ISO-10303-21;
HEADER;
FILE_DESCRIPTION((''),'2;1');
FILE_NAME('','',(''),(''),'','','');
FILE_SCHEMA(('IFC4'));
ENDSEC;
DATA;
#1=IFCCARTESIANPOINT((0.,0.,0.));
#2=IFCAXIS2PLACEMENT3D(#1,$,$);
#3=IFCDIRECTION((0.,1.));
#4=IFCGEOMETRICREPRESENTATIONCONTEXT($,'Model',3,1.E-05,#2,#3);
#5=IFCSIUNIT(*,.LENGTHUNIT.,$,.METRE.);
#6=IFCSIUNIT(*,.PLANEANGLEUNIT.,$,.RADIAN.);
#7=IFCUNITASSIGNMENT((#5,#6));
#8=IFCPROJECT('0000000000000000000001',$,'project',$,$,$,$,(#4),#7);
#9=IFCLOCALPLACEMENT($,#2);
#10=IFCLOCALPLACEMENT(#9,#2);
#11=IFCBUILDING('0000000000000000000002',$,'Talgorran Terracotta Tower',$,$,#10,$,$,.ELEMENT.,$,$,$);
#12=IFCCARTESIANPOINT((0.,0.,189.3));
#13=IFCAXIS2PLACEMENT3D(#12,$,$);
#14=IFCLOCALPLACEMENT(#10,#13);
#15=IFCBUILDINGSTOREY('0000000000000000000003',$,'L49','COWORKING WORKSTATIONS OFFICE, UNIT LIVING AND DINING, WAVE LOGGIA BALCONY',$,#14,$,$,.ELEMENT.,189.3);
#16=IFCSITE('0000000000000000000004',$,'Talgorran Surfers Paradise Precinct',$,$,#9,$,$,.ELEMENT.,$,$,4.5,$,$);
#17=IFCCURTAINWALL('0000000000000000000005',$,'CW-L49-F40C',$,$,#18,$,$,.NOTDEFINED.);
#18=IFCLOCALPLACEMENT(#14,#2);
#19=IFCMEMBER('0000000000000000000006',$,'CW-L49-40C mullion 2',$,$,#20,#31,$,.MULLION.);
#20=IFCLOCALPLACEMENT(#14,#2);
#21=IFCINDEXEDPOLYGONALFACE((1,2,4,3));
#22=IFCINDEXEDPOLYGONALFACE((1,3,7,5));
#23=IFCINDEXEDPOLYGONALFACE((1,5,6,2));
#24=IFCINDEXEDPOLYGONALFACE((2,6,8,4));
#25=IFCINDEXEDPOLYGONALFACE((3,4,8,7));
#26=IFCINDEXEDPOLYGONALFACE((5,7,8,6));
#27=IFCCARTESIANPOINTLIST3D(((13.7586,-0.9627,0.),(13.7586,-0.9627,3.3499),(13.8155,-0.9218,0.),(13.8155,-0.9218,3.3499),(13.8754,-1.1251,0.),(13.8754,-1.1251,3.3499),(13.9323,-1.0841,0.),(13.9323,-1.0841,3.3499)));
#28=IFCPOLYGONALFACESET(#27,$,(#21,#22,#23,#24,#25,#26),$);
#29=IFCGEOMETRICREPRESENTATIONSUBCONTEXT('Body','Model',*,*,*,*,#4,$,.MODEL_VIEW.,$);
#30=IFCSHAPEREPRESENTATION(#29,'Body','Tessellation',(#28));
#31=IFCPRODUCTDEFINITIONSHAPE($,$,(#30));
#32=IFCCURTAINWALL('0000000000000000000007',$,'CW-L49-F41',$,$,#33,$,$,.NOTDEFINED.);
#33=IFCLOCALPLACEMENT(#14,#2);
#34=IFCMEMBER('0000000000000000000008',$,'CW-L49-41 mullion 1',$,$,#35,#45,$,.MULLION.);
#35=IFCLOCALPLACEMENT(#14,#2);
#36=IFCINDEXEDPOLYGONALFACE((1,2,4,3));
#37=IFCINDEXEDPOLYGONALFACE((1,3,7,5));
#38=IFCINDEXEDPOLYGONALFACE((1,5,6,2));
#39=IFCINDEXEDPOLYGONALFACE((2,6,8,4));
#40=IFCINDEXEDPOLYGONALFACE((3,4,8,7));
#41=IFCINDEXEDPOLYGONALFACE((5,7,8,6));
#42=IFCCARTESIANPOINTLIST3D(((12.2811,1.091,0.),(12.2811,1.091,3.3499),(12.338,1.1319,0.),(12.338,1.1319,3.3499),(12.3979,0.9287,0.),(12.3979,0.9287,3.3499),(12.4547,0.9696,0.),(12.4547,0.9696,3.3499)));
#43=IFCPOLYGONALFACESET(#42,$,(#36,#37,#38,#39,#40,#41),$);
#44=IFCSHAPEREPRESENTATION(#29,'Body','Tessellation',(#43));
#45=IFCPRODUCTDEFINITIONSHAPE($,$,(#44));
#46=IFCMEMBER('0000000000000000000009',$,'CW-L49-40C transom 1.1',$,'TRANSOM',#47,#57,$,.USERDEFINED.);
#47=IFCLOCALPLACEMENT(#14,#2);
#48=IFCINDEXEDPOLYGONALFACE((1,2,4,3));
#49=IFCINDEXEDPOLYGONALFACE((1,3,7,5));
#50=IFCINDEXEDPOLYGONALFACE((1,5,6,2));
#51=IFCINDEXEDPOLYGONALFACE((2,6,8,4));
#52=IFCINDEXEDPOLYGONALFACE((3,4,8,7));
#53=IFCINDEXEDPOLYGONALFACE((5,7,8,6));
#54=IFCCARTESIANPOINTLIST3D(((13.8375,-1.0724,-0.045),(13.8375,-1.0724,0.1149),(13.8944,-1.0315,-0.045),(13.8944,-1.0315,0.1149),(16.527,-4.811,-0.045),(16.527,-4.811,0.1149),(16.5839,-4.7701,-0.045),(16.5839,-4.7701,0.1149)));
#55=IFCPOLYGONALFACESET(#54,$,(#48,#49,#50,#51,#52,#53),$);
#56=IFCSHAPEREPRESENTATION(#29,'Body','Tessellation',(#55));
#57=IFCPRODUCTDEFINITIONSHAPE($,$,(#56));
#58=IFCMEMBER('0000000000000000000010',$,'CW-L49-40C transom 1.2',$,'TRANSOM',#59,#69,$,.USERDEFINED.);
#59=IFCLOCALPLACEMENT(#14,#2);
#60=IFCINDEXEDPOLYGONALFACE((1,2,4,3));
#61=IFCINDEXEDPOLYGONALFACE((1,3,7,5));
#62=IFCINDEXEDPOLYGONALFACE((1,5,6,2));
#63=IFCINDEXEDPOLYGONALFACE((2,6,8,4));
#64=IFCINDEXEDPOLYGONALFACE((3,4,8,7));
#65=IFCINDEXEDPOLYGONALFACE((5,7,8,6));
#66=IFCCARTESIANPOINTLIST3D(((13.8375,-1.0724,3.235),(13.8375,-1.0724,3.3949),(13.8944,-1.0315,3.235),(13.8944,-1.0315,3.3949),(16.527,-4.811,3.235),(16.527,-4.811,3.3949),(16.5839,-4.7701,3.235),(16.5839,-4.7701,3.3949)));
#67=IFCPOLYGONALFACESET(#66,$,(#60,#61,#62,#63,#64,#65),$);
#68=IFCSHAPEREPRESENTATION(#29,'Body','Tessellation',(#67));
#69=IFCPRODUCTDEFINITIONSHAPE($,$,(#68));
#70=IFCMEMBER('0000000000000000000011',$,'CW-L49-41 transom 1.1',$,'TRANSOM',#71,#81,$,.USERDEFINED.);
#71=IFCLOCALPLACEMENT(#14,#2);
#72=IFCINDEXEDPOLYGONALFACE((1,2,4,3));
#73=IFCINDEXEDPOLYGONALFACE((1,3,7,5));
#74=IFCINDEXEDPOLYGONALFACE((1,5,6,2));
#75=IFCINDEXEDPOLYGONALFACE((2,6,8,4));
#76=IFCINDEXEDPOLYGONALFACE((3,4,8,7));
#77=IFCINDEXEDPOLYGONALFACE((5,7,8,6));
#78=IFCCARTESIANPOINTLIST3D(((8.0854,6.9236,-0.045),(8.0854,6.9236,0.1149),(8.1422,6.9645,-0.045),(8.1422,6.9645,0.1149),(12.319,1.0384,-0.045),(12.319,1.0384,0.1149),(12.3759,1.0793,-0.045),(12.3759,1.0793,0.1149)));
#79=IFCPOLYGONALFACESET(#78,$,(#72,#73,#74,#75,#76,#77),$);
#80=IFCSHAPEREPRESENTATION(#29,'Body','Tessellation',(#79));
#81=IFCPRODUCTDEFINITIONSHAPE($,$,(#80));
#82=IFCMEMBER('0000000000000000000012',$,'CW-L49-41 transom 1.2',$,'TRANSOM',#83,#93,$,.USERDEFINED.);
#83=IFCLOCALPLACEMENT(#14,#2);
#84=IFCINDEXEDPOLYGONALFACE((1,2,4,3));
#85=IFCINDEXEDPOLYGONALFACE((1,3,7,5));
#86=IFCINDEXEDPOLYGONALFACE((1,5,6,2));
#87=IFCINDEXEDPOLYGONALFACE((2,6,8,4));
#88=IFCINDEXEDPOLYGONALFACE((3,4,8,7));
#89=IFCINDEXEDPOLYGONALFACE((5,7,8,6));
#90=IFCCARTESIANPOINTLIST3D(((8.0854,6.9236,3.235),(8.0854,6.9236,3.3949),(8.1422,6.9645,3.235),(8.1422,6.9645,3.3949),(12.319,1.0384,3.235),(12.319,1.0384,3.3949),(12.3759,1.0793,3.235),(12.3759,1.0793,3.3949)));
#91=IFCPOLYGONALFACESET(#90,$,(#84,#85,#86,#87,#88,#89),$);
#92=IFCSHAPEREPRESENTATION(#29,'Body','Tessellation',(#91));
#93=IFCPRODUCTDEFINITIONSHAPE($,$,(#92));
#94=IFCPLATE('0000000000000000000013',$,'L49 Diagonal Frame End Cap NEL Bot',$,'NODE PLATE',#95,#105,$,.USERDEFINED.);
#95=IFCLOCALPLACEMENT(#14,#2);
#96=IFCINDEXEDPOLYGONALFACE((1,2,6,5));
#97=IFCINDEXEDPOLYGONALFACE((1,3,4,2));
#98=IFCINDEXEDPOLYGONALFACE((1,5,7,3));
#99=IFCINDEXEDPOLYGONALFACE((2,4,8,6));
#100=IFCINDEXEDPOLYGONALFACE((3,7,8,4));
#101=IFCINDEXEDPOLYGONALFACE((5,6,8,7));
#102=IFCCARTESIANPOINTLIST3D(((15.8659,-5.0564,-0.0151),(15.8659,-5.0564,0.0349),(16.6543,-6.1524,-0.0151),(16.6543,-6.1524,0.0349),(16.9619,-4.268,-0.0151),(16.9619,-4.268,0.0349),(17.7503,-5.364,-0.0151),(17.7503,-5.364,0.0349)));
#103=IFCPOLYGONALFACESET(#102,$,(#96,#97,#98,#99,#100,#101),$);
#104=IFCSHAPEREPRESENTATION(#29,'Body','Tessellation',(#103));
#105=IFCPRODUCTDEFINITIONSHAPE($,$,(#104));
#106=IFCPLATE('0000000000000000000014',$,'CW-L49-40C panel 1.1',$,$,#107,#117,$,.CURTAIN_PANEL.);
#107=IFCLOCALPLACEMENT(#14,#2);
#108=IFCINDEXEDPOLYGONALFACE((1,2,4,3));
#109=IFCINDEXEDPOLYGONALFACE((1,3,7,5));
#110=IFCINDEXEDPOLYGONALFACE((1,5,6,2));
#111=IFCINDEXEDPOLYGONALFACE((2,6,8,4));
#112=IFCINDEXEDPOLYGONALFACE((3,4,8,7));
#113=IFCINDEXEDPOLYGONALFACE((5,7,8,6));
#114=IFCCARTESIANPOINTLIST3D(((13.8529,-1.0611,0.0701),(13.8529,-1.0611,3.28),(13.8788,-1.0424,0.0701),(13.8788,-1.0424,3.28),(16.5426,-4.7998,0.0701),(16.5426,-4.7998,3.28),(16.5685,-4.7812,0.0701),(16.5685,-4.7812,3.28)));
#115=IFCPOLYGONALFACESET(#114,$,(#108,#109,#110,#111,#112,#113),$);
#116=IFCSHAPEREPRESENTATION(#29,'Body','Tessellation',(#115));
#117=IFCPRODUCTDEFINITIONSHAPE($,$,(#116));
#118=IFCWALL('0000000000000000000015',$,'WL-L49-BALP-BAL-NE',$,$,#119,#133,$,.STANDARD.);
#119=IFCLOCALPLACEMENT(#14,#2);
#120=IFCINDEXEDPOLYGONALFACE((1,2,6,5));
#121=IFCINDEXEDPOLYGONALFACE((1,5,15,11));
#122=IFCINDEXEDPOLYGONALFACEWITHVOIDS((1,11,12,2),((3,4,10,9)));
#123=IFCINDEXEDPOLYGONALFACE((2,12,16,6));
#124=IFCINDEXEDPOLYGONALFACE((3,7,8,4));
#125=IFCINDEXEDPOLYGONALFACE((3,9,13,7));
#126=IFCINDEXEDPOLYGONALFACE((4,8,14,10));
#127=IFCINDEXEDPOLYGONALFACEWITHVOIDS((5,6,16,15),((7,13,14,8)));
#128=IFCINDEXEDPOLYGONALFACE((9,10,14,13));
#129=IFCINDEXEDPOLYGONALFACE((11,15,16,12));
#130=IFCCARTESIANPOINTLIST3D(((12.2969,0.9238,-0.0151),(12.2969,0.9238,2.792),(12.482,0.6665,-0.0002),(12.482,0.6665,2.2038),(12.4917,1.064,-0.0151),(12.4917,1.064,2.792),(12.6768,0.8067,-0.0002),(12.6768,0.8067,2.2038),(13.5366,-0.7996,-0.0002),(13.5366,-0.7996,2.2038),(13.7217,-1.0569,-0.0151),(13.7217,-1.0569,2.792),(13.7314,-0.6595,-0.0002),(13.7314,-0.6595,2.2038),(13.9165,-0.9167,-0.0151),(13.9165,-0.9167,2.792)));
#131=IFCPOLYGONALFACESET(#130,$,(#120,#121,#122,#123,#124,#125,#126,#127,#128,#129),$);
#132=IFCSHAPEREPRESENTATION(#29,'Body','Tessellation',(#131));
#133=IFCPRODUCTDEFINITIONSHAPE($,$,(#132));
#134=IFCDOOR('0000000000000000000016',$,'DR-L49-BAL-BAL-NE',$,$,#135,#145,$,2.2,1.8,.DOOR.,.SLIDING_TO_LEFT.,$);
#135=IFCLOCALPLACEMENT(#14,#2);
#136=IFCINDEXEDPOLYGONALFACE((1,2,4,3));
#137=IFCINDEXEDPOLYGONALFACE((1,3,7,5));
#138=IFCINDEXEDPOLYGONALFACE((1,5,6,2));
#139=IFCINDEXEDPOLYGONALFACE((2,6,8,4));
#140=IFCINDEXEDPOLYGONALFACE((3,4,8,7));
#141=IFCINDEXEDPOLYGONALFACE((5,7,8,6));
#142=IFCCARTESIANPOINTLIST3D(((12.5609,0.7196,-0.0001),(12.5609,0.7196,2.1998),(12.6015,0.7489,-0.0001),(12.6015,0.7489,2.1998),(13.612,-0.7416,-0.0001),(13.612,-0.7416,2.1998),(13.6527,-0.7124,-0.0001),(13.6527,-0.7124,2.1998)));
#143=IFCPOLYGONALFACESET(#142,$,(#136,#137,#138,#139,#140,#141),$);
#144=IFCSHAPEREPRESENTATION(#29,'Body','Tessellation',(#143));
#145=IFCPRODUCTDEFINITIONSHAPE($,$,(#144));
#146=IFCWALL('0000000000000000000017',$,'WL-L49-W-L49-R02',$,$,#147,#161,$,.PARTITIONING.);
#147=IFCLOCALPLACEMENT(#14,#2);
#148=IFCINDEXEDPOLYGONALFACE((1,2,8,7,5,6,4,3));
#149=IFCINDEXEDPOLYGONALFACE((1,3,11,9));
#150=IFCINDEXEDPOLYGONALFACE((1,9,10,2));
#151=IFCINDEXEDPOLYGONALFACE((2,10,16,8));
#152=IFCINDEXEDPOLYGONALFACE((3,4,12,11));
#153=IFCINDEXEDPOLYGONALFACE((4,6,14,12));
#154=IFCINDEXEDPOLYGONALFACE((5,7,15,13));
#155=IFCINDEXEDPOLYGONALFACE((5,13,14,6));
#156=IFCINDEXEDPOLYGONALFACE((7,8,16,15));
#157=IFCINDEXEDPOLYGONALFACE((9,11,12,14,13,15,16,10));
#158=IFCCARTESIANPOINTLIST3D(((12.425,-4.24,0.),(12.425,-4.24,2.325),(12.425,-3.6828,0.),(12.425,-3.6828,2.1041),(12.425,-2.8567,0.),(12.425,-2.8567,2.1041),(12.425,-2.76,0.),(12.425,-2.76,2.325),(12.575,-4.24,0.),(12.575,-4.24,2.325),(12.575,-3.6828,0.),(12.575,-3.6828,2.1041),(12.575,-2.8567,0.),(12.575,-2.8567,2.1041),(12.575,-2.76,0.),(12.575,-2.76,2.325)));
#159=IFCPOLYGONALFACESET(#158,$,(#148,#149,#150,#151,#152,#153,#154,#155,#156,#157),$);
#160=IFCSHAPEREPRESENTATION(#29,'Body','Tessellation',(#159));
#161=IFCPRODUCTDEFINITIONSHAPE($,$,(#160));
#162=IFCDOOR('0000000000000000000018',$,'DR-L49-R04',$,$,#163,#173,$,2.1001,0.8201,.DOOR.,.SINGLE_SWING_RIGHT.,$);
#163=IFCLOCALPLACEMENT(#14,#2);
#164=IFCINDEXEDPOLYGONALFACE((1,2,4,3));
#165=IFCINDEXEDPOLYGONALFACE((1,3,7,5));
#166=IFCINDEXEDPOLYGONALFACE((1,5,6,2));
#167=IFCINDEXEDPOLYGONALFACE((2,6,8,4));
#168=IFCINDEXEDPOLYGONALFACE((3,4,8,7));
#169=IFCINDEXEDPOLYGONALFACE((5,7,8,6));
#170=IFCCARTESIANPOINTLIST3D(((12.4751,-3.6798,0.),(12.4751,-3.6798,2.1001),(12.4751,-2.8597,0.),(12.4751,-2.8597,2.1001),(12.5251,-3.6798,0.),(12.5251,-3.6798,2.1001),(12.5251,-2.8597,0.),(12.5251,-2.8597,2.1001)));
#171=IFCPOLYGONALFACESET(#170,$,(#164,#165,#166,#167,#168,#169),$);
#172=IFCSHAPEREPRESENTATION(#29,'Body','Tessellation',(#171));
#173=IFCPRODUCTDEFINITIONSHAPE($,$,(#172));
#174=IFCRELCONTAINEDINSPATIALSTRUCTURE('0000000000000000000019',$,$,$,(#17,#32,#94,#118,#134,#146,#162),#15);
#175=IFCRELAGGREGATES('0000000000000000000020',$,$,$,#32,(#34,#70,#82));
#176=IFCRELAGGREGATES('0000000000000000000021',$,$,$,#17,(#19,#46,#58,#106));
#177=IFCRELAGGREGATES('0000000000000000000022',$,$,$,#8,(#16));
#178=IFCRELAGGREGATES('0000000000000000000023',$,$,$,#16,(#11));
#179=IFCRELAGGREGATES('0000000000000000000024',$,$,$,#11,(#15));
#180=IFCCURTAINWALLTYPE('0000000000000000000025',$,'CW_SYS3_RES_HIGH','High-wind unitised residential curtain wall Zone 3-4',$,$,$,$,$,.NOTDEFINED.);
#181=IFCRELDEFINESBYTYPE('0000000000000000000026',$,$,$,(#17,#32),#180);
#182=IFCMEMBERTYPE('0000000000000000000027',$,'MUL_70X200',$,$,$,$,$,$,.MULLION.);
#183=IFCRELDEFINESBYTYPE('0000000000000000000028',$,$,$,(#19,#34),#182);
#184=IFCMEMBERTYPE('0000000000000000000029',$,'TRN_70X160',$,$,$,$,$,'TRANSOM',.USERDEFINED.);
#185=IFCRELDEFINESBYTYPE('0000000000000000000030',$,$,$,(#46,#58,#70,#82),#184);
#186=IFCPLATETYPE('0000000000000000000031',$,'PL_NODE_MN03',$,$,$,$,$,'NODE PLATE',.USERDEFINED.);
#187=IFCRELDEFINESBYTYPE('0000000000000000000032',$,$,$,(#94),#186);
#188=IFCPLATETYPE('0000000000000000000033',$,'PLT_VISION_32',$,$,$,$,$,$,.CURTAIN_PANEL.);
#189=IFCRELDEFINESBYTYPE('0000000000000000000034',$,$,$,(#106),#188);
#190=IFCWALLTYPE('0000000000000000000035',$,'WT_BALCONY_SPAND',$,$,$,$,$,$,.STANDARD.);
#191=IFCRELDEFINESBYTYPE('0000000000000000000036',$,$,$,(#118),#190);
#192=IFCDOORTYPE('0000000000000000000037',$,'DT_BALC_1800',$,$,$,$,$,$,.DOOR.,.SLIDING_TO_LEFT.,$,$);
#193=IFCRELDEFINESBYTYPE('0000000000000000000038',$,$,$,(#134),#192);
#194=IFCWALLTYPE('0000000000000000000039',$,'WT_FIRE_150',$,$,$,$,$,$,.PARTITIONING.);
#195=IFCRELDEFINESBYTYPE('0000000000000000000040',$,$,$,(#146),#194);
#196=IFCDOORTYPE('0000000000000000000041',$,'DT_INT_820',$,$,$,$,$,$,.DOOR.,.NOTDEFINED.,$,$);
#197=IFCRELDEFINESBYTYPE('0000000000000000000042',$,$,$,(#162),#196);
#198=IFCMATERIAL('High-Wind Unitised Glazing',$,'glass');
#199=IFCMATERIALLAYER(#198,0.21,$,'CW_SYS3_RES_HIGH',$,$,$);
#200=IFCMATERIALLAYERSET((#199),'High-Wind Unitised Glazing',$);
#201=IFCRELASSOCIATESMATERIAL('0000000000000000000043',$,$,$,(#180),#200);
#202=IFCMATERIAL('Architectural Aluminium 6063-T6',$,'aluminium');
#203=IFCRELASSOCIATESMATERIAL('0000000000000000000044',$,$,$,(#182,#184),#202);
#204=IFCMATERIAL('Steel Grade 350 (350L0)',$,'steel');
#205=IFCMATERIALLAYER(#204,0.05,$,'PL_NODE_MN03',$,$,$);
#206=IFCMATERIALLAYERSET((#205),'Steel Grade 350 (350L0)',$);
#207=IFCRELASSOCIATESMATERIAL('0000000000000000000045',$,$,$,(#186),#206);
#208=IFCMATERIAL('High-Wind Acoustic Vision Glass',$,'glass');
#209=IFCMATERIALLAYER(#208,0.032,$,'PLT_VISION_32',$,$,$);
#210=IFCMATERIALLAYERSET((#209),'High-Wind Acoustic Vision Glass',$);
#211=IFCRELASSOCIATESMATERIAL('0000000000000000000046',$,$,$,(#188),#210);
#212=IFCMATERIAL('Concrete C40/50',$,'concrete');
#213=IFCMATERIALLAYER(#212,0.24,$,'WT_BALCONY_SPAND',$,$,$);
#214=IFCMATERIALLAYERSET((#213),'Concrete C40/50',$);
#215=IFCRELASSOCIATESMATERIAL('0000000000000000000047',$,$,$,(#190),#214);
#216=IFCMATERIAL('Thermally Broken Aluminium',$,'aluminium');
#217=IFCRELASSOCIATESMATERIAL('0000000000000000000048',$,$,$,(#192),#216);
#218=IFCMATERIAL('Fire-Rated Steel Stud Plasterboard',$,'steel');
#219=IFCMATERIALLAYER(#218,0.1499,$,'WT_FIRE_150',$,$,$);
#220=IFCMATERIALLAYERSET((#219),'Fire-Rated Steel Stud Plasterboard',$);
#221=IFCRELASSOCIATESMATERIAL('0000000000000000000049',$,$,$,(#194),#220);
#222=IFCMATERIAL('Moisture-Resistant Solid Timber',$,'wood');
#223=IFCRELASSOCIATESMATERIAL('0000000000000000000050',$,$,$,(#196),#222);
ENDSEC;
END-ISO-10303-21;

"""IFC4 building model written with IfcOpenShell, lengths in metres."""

from ifc_helpers import new_model, si_unit, direction, frame, frame_2d, origin, origin_2d, place, context, subcontext, project, spatial, rectangle, extrude, source, transform, mapped, material, layer, layer_set, material_profile, profile_set, type_object, type_shapes, element, fill, aggregate, save


model = new_model("IFC4")

# Units and contexts
model_context = context("Model", 3, precision=1e-05, world=origin(), true_north=direction((0.0, 1.0)))
body_context = subcontext(model_context, "Body", "Model", "MODEL_VIEW")
ifc_project = project(units=[si_unit("LENGTHUNIT", "METRE"), si_unit("PLANEANGLEUNIT", "RADIAN")], contexts=[model_context])

# Site, building, storey
site_placement = place(None, origin())
site = spatial("IfcSite", under=ifc_project, at=site_placement, Name="Talgorran Surfers Paradise Precinct", CompositionType="ELEMENT", RefElevation=4.5)
building_placement = place(site_placement, origin())
building = spatial("IfcBuilding", under=site, at=building_placement, Name="Talgorran Terracotta Tower", CompositionType="ELEMENT")
storey_placement = place(building_placement, frame((0.0, 0.0, 189.3)))
storey = spatial("IfcBuildingStorey", under=building, at=storey_placement, Name="L49", Description="COWORKING WORKSTATIONS OFFICE, UNIT LIVING AND DINING, WAVE LOGGIA BALCONY", CompositionType="ELEMENT", Elevation=189.3)

# Shared definitions
ifc_material_1 = material(Name="Steel Grade 350 (350L0)", Category="steel")

# Shared definitions
ifc_material_2 = material(Name="High-Wind Unitised Glazing", Category="glass")
ifc_layer_1 = layer(ifc_material_2, 0.21, Name="CW_SYS3_RES_HIGH")
ifc_layer_set_1 = layer_set([ifc_layer_1], Name="High-Wind Unitised Glazing")
curtain_wall_type = type_object("IfcCurtainWallType", Name="CW_SYS3_RES_HIGH", Description="High-wind unitised residential curtain wall Zone 3-4", PredefinedType="NOTDEFINED", material=ifc_layer_set_1)
ifc_material_3 = material(Name="Architectural Aluminium 6063-T6", Category="aluminium")
ifc_material_profile_1 = material_profile(ifc_material_3, rectangle(XDim=0.0701, YDim=0.2, at=origin_2d()), Name="CWM70X200")
ifc_profile_set_1 = profile_set([ifc_material_profile_1], Name="Architectural Aluminium 6063-T6")
member_type_1 = type_object("IfcMemberType", Name="MUL_70X200", PredefinedType="MULLION", material=ifc_profile_set_1)

# Curtain wall, member
curtain_wall_1_placement = place(storey_placement, origin())
curtain_wall_1 = element("IfcCurtainWall", 1, at=curtain_wall_1_placement, inside=storey, type_object=curtain_wall_type, Name="CW-L49-F40C", PredefinedType="NOTDEFINED")
member_1_placement = place(storey_placement, frame((13.8455, -1.0234, 0.0), z_axis=(0.0, 0.0, 1.0), x_axis=(-0.81176, -0.583992, 0.0)))
member_1 = element("IfcMember", 2, at=member_1_placement, type_object=member_type_1, Name="CW-L49-40C mullion 2", PredefinedType="MULLION", context=body_context, shape_type="SweptSolid", body=[
    extrude(rectangle(XDim=0.0701, YDim=0.2, at=origin_2d()), origin(), (0.0, 0.0, 1.0), 3.3499),
])

# Curtain wall, member
curtain_wall_2_placement = place(storey_placement, origin())
curtain_wall_2 = element("IfcCurtainWall", 3, at=curtain_wall_2_placement, inside=storey, type_object=curtain_wall_type, Name="CW-L49-F41", PredefinedType="NOTDEFINED")
member_2_placement = place(storey_placement, frame((12.3679, 1.0303, 0.0), z_axis=(0.0, 0.0, 1.0), x_axis=(-0.811766, -0.583983, 0.0)))
member_2 = element("IfcMember", 4, at=member_2_placement, type_object=member_type_1, Name="CW-L49-41 mullion 1", PredefinedType="MULLION", context=body_context, shape_type="SweptSolid", body=[
    extrude(rectangle(XDim=0.0701, YDim=0.2, at=origin_2d()), origin(), (0.0, 0.0, 1.0), 3.3499),
])

# Members
ifc_material_profile_2 = material_profile(ifc_material_3, rectangle(XDim=0.0701, YDim=0.1599, at=origin_2d()), Name="CWT70X160")
ifc_profile_set_2 = profile_set([ifc_material_profile_2], Name="Architectural Aluminium 6063-T6")
member_type_2 = type_object("IfcMemberType", Name="TRN_70X160", ElementType="TRANSOM", PredefinedType="USERDEFINED", material=ifc_profile_set_2)
member_3_placement = place(storey_placement, frame((16.5554, -4.7905, 0.0349), z_axis=(-0.583978, 0.81177, 0.0), x_axis=(-0.81177, -0.583978, 0.0)))
member_3 = element("IfcMember", 5, at=member_3_placement, type_object=member_type_2, Name="CW-L49-40C transom 1.1", ObjectType="TRANSOM", PredefinedType="USERDEFINED", context=body_context, shape_type="SweptSolid", body=[
    extrude(rectangle(XDim=0.0701, YDim=0.1599, at=origin_2d()), origin(), (0.0, 0.0, 1.0), 4.6055),
])
member_4_placement = place(storey_placement, frame((16.5554, -4.7905, 3.3149), z_axis=(-0.583978, 0.81177, 0.0), x_axis=(-0.81177, -0.583978, 0.0)))
member_4 = element("IfcMember", 6, at=member_4_placement, type_object=member_type_2, Name="CW-L49-40C transom 1.2", ObjectType="TRANSOM", PredefinedType="USERDEFINED", context=body_context, shape_type="SweptSolid", body=[
    extrude(rectangle(XDim=0.0701, YDim=0.1599, at=origin_2d()), origin(), (0.0, 0.0, 1.0), 4.6055),
])
member_5_placement = place(storey_placement, frame((12.3474, 1.0588, 0.0349), z_axis=(-0.583965, 0.811779, 0.0), x_axis=(-0.811779, -0.583965, 0.0)))
member_5 = element("IfcMember", 7, at=member_5_placement, type_object=member_type_2, Name="CW-L49-41 transom 1.1", ObjectType="TRANSOM", PredefinedType="USERDEFINED", context=body_context, shape_type="SweptSolid", body=[
    extrude(rectangle(XDim=0.0701, YDim=0.1599, at=origin_2d()), origin(), (0.0, 0.0, 1.0), 7.2498),
])
member_6_placement = place(storey_placement, frame((12.3474, 1.0588, 3.3149), z_axis=(-0.583965, 0.811779, 0.0), x_axis=(-0.811779, -0.583965, 0.0)))
member_6 = element("IfcMember", 8, at=member_6_placement, type_object=member_type_2, Name="CW-L49-41 transom 1.2", ObjectType="TRANSOM", PredefinedType="USERDEFINED", context=body_context, shape_type="SweptSolid", body=[
    extrude(rectangle(XDim=0.0701, YDim=0.1599, at=origin_2d()), origin(), (0.0, 0.0, 1.0), 7.2498),
])
aggregate(curtain_wall_2, [member_2, member_5, member_6])

# Plates
ifc_layer_2 = layer(ifc_material_1, 0.05, Name="PL_NODE_MN03")
ifc_layer_set_2 = layer_set([ifc_layer_2], Name="Steel Grade 350 (350L0)")
plate_type_1 = type_object("IfcPlateType", Name="PL_NODE_MN03", ElementType="NODE PLATE", PredefinedType="USERDEFINED", material=ifc_layer_set_2)
plate_1_placement = place(storey_placement, frame((16.8081, -5.2102, -0.0151), z_axis=(0.0, 0.0, 1.0), x_axis=(0.583966, -0.811778, 0.0)))
element("IfcPlate", 9, at=plate_1_placement, inside=storey, type_object=plate_type_1, Name="L49 Diagonal Frame End Cap NEL Bot", ObjectType="NODE PLATE", PredefinedType="USERDEFINED", context=body_context, shape_type="SweptSolid", body=[
    extrude(rectangle(XDim=1.3501, YDim=1.3501, at=origin_2d()), origin(), (0.0, 0.0, 1.0), 0.05),
])
ifc_material_4 = material(Name="High-Wind Acoustic Vision Glass", Category="glass")
ifc_layer_3 = layer(ifc_material_4, 0.032, Name="PLT_VISION_32")
ifc_layer_set_3 = layer_set([ifc_layer_3], Name="High-Wind Acoustic Vision Glass")
plate_type_2 = type_object("IfcPlateType", Name="PLT_VISION_32", PredefinedType="CURTAIN_PANEL", material=ifc_layer_set_3)
shared_shape = source(origin(), body_context, "Body", "SweptSolid", [
    extrude(rectangle(XDim=4.6057, YDim=0.032, at=origin_2d()), origin(), (0.0, 0.0, 1.0), 3.21),
])
type_shapes(plate_type_2, [shared_shape])
plate_2_placement = place(storey_placement, frame((15.2107, -2.9211, 0.0701), z_axis=(0.0, 0.0, 1.0), x_axis=(-0.583992, 0.81176, 0.0)))
plate_2 = element("IfcPlate", 10, at=plate_2_placement, type_object=plate_type_2, Name="CW-L49-40C panel 1.1", PredefinedType="CURTAIN_PANEL", context=body_context, shape_type="MappedRepresentation", body=[
    mapped(shared_shape, transform((0.0, 0.0, 0.0), scale=1.0)),
])
aggregate(curtain_wall_1, [member_1, member_3, member_4, plate_2])

# Walls, openings, doors
ifc_material_5 = material(Name="Concrete C40/50", Category="concrete")
ifc_layer_4 = layer(ifc_material_5, 0.24, Name="WT_BALCONY_SPAND")
ifc_layer_set_4 = layer_set([ifc_layer_4], Name="Concrete C40/50")
wall_type_1 = type_object("IfcWallType", Name="WT_BALCONY_SPAND", PredefinedType="STANDARD", material=ifc_layer_set_4)
wall_1_placement = place(storey_placement, frame((13.8191, -0.9868, -0.0151), z_axis=(0.0, 0.0, 1.0), x_axis=(-0.583951, 0.811789, 0.0)))
wall_1 = element("IfcWall", 11, at=wall_1_placement, inside=storey, type_object=wall_type_1, Name="WL-L49-BALP-BAL-NE", PredefinedType="STANDARD", context=body_context, shape_type="SweptSolid", body=[
    extrude(rectangle(XDim=2.4399, YDim=0.24, at=frame_2d((1.22, 0.0))), origin(), (0.0, 0.0, 1.0), 2.8071),
])
opening_1_placement = place(wall_1_placement, frame((0.3201, 0.0, 0.0149)))
opening_1 = element("IfcOpeningElement", 12, at=opening_1_placement, cuts=wall_1, PredefinedType="OPENING", context=body_context, shape_type="SweptSolid", body=[
    extrude(rectangle(XDim=1.806, YDim=2.204, at=frame_2d((0.8999, 1.1021))), frame((0.0, 0.1299, 0.0), z_axis=(0.0, -1.0, 0.0), x_axis=(1.0, 0.0, 0.0)), (0.0, 0.0, 1.0), 0.26),
])
ifc_material_6 = material(Name="Thermally Broken Aluminium", Category="aluminium")
door_type_1 = type_object("IfcDoorType", Name="DT_BALC_1800", OperationType="SLIDING_TO_LEFT", PredefinedType="DOOR", material=ifc_material_6)
door_1_placement = place(opening_1_placement, origin())
door_1 = element("IfcDoor", 13, at=door_1_placement, inside=storey, type_object=door_type_1, Name="DR-L49-BAL-BAL-NE", OperationType="SLIDING_TO_LEFT", OverallHeight=2.2, OverallWidth=1.8, PredefinedType="DOOR", context=body_context, shape_type="SweptSolid", body=[
    extrude(rectangle(XDim=1.8, YDim=2.2, at=frame_2d((0.8999, 1.1001))), frame((0.0, 0.0249, 0.0), z_axis=(0.0, -1.0, 0.0), x_axis=(1.0, 0.0, 0.0)), (0.0, 0.0, 1.0), 0.05),
])
fill(opening_1, door_1)
ifc_material_7 = material(Name="Fire-Rated Steel Stud Plasterboard", Category="steel")
ifc_layer_5 = layer(ifc_material_7, 0.1499, Name="WT_FIRE_150")
ifc_layer_set_5 = layer_set([ifc_layer_5], Name="Fire-Rated Steel Stud Plasterboard")
wall_type_2 = type_object("IfcWallType", Name="WT_FIRE_150", PredefinedType="PARTITIONING", material=ifc_layer_set_5)
wall_2_placement = place(storey_placement, frame((12.5, -4.24, 0.0), z_axis=(0.0, 0.0, 1.0), x_axis=(0.0, 1.0, 0.0)))
wall_2 = element("IfcWall", 14, at=wall_2_placement, inside=storey, type_object=wall_type_2, Name="WL-L49-W-L49-R02", PredefinedType="PARTITIONING", context=body_context, shape_type="SweptSolid", body=[
    extrude(rectangle(XDim=1.48, YDim=0.1499, at=frame_2d((0.74, 0.0))), origin(), (0.0, 0.0, 1.0), 2.325),
])
opening_2_placement = place(wall_2_placement, frame((0.5601, 0.0, 0.0)))
opening_2 = element("IfcOpeningElement", 15, at=opening_2_placement, cuts=wall_2, PredefinedType="OPENING", context=body_context, shape_type="SweptSolid", body=[
    extrude(rectangle(XDim=0.8261, YDim=2.1041, at=frame_2d((0.4102, 1.052))), frame((0.0, 0.085, 0.0), z_axis=(0.0, -1.0, 0.0), x_axis=(1.0, 0.0, 0.0)), (0.0, 0.0, 1.0), 0.1699),
])
ifc_material_8 = material(Name="Moisture-Resistant Solid Timber", Category="wood")
door_type_2 = type_object("IfcDoorType", Name="DT_INT_820", OperationType="NOTDEFINED", PredefinedType="DOOR", material=ifc_material_8)
door_2_placement = place(opening_2_placement, origin())
door_2 = element("IfcDoor", 16, at=door_2_placement, inside=storey, type_object=door_type_2, Name="DR-L49-R04", OperationType="SINGLE_SWING_RIGHT", OverallHeight=2.1001, OverallWidth=0.8201, PredefinedType="DOOR", context=body_context, shape_type="SweptSolid", body=[
    extrude(rectangle(XDim=0.8201, YDim=2.1001, at=frame_2d((0.4102, 1.05))), frame((0.0, 0.0249, 0.0), z_axis=(0.0, -1.0, 0.0), x_axis=(1.0, 0.0, 0.0)), (0.0, 0.0, 1.0), 0.05),
])
fill(opening_2, door_2)

save(model, "model.ifc")
